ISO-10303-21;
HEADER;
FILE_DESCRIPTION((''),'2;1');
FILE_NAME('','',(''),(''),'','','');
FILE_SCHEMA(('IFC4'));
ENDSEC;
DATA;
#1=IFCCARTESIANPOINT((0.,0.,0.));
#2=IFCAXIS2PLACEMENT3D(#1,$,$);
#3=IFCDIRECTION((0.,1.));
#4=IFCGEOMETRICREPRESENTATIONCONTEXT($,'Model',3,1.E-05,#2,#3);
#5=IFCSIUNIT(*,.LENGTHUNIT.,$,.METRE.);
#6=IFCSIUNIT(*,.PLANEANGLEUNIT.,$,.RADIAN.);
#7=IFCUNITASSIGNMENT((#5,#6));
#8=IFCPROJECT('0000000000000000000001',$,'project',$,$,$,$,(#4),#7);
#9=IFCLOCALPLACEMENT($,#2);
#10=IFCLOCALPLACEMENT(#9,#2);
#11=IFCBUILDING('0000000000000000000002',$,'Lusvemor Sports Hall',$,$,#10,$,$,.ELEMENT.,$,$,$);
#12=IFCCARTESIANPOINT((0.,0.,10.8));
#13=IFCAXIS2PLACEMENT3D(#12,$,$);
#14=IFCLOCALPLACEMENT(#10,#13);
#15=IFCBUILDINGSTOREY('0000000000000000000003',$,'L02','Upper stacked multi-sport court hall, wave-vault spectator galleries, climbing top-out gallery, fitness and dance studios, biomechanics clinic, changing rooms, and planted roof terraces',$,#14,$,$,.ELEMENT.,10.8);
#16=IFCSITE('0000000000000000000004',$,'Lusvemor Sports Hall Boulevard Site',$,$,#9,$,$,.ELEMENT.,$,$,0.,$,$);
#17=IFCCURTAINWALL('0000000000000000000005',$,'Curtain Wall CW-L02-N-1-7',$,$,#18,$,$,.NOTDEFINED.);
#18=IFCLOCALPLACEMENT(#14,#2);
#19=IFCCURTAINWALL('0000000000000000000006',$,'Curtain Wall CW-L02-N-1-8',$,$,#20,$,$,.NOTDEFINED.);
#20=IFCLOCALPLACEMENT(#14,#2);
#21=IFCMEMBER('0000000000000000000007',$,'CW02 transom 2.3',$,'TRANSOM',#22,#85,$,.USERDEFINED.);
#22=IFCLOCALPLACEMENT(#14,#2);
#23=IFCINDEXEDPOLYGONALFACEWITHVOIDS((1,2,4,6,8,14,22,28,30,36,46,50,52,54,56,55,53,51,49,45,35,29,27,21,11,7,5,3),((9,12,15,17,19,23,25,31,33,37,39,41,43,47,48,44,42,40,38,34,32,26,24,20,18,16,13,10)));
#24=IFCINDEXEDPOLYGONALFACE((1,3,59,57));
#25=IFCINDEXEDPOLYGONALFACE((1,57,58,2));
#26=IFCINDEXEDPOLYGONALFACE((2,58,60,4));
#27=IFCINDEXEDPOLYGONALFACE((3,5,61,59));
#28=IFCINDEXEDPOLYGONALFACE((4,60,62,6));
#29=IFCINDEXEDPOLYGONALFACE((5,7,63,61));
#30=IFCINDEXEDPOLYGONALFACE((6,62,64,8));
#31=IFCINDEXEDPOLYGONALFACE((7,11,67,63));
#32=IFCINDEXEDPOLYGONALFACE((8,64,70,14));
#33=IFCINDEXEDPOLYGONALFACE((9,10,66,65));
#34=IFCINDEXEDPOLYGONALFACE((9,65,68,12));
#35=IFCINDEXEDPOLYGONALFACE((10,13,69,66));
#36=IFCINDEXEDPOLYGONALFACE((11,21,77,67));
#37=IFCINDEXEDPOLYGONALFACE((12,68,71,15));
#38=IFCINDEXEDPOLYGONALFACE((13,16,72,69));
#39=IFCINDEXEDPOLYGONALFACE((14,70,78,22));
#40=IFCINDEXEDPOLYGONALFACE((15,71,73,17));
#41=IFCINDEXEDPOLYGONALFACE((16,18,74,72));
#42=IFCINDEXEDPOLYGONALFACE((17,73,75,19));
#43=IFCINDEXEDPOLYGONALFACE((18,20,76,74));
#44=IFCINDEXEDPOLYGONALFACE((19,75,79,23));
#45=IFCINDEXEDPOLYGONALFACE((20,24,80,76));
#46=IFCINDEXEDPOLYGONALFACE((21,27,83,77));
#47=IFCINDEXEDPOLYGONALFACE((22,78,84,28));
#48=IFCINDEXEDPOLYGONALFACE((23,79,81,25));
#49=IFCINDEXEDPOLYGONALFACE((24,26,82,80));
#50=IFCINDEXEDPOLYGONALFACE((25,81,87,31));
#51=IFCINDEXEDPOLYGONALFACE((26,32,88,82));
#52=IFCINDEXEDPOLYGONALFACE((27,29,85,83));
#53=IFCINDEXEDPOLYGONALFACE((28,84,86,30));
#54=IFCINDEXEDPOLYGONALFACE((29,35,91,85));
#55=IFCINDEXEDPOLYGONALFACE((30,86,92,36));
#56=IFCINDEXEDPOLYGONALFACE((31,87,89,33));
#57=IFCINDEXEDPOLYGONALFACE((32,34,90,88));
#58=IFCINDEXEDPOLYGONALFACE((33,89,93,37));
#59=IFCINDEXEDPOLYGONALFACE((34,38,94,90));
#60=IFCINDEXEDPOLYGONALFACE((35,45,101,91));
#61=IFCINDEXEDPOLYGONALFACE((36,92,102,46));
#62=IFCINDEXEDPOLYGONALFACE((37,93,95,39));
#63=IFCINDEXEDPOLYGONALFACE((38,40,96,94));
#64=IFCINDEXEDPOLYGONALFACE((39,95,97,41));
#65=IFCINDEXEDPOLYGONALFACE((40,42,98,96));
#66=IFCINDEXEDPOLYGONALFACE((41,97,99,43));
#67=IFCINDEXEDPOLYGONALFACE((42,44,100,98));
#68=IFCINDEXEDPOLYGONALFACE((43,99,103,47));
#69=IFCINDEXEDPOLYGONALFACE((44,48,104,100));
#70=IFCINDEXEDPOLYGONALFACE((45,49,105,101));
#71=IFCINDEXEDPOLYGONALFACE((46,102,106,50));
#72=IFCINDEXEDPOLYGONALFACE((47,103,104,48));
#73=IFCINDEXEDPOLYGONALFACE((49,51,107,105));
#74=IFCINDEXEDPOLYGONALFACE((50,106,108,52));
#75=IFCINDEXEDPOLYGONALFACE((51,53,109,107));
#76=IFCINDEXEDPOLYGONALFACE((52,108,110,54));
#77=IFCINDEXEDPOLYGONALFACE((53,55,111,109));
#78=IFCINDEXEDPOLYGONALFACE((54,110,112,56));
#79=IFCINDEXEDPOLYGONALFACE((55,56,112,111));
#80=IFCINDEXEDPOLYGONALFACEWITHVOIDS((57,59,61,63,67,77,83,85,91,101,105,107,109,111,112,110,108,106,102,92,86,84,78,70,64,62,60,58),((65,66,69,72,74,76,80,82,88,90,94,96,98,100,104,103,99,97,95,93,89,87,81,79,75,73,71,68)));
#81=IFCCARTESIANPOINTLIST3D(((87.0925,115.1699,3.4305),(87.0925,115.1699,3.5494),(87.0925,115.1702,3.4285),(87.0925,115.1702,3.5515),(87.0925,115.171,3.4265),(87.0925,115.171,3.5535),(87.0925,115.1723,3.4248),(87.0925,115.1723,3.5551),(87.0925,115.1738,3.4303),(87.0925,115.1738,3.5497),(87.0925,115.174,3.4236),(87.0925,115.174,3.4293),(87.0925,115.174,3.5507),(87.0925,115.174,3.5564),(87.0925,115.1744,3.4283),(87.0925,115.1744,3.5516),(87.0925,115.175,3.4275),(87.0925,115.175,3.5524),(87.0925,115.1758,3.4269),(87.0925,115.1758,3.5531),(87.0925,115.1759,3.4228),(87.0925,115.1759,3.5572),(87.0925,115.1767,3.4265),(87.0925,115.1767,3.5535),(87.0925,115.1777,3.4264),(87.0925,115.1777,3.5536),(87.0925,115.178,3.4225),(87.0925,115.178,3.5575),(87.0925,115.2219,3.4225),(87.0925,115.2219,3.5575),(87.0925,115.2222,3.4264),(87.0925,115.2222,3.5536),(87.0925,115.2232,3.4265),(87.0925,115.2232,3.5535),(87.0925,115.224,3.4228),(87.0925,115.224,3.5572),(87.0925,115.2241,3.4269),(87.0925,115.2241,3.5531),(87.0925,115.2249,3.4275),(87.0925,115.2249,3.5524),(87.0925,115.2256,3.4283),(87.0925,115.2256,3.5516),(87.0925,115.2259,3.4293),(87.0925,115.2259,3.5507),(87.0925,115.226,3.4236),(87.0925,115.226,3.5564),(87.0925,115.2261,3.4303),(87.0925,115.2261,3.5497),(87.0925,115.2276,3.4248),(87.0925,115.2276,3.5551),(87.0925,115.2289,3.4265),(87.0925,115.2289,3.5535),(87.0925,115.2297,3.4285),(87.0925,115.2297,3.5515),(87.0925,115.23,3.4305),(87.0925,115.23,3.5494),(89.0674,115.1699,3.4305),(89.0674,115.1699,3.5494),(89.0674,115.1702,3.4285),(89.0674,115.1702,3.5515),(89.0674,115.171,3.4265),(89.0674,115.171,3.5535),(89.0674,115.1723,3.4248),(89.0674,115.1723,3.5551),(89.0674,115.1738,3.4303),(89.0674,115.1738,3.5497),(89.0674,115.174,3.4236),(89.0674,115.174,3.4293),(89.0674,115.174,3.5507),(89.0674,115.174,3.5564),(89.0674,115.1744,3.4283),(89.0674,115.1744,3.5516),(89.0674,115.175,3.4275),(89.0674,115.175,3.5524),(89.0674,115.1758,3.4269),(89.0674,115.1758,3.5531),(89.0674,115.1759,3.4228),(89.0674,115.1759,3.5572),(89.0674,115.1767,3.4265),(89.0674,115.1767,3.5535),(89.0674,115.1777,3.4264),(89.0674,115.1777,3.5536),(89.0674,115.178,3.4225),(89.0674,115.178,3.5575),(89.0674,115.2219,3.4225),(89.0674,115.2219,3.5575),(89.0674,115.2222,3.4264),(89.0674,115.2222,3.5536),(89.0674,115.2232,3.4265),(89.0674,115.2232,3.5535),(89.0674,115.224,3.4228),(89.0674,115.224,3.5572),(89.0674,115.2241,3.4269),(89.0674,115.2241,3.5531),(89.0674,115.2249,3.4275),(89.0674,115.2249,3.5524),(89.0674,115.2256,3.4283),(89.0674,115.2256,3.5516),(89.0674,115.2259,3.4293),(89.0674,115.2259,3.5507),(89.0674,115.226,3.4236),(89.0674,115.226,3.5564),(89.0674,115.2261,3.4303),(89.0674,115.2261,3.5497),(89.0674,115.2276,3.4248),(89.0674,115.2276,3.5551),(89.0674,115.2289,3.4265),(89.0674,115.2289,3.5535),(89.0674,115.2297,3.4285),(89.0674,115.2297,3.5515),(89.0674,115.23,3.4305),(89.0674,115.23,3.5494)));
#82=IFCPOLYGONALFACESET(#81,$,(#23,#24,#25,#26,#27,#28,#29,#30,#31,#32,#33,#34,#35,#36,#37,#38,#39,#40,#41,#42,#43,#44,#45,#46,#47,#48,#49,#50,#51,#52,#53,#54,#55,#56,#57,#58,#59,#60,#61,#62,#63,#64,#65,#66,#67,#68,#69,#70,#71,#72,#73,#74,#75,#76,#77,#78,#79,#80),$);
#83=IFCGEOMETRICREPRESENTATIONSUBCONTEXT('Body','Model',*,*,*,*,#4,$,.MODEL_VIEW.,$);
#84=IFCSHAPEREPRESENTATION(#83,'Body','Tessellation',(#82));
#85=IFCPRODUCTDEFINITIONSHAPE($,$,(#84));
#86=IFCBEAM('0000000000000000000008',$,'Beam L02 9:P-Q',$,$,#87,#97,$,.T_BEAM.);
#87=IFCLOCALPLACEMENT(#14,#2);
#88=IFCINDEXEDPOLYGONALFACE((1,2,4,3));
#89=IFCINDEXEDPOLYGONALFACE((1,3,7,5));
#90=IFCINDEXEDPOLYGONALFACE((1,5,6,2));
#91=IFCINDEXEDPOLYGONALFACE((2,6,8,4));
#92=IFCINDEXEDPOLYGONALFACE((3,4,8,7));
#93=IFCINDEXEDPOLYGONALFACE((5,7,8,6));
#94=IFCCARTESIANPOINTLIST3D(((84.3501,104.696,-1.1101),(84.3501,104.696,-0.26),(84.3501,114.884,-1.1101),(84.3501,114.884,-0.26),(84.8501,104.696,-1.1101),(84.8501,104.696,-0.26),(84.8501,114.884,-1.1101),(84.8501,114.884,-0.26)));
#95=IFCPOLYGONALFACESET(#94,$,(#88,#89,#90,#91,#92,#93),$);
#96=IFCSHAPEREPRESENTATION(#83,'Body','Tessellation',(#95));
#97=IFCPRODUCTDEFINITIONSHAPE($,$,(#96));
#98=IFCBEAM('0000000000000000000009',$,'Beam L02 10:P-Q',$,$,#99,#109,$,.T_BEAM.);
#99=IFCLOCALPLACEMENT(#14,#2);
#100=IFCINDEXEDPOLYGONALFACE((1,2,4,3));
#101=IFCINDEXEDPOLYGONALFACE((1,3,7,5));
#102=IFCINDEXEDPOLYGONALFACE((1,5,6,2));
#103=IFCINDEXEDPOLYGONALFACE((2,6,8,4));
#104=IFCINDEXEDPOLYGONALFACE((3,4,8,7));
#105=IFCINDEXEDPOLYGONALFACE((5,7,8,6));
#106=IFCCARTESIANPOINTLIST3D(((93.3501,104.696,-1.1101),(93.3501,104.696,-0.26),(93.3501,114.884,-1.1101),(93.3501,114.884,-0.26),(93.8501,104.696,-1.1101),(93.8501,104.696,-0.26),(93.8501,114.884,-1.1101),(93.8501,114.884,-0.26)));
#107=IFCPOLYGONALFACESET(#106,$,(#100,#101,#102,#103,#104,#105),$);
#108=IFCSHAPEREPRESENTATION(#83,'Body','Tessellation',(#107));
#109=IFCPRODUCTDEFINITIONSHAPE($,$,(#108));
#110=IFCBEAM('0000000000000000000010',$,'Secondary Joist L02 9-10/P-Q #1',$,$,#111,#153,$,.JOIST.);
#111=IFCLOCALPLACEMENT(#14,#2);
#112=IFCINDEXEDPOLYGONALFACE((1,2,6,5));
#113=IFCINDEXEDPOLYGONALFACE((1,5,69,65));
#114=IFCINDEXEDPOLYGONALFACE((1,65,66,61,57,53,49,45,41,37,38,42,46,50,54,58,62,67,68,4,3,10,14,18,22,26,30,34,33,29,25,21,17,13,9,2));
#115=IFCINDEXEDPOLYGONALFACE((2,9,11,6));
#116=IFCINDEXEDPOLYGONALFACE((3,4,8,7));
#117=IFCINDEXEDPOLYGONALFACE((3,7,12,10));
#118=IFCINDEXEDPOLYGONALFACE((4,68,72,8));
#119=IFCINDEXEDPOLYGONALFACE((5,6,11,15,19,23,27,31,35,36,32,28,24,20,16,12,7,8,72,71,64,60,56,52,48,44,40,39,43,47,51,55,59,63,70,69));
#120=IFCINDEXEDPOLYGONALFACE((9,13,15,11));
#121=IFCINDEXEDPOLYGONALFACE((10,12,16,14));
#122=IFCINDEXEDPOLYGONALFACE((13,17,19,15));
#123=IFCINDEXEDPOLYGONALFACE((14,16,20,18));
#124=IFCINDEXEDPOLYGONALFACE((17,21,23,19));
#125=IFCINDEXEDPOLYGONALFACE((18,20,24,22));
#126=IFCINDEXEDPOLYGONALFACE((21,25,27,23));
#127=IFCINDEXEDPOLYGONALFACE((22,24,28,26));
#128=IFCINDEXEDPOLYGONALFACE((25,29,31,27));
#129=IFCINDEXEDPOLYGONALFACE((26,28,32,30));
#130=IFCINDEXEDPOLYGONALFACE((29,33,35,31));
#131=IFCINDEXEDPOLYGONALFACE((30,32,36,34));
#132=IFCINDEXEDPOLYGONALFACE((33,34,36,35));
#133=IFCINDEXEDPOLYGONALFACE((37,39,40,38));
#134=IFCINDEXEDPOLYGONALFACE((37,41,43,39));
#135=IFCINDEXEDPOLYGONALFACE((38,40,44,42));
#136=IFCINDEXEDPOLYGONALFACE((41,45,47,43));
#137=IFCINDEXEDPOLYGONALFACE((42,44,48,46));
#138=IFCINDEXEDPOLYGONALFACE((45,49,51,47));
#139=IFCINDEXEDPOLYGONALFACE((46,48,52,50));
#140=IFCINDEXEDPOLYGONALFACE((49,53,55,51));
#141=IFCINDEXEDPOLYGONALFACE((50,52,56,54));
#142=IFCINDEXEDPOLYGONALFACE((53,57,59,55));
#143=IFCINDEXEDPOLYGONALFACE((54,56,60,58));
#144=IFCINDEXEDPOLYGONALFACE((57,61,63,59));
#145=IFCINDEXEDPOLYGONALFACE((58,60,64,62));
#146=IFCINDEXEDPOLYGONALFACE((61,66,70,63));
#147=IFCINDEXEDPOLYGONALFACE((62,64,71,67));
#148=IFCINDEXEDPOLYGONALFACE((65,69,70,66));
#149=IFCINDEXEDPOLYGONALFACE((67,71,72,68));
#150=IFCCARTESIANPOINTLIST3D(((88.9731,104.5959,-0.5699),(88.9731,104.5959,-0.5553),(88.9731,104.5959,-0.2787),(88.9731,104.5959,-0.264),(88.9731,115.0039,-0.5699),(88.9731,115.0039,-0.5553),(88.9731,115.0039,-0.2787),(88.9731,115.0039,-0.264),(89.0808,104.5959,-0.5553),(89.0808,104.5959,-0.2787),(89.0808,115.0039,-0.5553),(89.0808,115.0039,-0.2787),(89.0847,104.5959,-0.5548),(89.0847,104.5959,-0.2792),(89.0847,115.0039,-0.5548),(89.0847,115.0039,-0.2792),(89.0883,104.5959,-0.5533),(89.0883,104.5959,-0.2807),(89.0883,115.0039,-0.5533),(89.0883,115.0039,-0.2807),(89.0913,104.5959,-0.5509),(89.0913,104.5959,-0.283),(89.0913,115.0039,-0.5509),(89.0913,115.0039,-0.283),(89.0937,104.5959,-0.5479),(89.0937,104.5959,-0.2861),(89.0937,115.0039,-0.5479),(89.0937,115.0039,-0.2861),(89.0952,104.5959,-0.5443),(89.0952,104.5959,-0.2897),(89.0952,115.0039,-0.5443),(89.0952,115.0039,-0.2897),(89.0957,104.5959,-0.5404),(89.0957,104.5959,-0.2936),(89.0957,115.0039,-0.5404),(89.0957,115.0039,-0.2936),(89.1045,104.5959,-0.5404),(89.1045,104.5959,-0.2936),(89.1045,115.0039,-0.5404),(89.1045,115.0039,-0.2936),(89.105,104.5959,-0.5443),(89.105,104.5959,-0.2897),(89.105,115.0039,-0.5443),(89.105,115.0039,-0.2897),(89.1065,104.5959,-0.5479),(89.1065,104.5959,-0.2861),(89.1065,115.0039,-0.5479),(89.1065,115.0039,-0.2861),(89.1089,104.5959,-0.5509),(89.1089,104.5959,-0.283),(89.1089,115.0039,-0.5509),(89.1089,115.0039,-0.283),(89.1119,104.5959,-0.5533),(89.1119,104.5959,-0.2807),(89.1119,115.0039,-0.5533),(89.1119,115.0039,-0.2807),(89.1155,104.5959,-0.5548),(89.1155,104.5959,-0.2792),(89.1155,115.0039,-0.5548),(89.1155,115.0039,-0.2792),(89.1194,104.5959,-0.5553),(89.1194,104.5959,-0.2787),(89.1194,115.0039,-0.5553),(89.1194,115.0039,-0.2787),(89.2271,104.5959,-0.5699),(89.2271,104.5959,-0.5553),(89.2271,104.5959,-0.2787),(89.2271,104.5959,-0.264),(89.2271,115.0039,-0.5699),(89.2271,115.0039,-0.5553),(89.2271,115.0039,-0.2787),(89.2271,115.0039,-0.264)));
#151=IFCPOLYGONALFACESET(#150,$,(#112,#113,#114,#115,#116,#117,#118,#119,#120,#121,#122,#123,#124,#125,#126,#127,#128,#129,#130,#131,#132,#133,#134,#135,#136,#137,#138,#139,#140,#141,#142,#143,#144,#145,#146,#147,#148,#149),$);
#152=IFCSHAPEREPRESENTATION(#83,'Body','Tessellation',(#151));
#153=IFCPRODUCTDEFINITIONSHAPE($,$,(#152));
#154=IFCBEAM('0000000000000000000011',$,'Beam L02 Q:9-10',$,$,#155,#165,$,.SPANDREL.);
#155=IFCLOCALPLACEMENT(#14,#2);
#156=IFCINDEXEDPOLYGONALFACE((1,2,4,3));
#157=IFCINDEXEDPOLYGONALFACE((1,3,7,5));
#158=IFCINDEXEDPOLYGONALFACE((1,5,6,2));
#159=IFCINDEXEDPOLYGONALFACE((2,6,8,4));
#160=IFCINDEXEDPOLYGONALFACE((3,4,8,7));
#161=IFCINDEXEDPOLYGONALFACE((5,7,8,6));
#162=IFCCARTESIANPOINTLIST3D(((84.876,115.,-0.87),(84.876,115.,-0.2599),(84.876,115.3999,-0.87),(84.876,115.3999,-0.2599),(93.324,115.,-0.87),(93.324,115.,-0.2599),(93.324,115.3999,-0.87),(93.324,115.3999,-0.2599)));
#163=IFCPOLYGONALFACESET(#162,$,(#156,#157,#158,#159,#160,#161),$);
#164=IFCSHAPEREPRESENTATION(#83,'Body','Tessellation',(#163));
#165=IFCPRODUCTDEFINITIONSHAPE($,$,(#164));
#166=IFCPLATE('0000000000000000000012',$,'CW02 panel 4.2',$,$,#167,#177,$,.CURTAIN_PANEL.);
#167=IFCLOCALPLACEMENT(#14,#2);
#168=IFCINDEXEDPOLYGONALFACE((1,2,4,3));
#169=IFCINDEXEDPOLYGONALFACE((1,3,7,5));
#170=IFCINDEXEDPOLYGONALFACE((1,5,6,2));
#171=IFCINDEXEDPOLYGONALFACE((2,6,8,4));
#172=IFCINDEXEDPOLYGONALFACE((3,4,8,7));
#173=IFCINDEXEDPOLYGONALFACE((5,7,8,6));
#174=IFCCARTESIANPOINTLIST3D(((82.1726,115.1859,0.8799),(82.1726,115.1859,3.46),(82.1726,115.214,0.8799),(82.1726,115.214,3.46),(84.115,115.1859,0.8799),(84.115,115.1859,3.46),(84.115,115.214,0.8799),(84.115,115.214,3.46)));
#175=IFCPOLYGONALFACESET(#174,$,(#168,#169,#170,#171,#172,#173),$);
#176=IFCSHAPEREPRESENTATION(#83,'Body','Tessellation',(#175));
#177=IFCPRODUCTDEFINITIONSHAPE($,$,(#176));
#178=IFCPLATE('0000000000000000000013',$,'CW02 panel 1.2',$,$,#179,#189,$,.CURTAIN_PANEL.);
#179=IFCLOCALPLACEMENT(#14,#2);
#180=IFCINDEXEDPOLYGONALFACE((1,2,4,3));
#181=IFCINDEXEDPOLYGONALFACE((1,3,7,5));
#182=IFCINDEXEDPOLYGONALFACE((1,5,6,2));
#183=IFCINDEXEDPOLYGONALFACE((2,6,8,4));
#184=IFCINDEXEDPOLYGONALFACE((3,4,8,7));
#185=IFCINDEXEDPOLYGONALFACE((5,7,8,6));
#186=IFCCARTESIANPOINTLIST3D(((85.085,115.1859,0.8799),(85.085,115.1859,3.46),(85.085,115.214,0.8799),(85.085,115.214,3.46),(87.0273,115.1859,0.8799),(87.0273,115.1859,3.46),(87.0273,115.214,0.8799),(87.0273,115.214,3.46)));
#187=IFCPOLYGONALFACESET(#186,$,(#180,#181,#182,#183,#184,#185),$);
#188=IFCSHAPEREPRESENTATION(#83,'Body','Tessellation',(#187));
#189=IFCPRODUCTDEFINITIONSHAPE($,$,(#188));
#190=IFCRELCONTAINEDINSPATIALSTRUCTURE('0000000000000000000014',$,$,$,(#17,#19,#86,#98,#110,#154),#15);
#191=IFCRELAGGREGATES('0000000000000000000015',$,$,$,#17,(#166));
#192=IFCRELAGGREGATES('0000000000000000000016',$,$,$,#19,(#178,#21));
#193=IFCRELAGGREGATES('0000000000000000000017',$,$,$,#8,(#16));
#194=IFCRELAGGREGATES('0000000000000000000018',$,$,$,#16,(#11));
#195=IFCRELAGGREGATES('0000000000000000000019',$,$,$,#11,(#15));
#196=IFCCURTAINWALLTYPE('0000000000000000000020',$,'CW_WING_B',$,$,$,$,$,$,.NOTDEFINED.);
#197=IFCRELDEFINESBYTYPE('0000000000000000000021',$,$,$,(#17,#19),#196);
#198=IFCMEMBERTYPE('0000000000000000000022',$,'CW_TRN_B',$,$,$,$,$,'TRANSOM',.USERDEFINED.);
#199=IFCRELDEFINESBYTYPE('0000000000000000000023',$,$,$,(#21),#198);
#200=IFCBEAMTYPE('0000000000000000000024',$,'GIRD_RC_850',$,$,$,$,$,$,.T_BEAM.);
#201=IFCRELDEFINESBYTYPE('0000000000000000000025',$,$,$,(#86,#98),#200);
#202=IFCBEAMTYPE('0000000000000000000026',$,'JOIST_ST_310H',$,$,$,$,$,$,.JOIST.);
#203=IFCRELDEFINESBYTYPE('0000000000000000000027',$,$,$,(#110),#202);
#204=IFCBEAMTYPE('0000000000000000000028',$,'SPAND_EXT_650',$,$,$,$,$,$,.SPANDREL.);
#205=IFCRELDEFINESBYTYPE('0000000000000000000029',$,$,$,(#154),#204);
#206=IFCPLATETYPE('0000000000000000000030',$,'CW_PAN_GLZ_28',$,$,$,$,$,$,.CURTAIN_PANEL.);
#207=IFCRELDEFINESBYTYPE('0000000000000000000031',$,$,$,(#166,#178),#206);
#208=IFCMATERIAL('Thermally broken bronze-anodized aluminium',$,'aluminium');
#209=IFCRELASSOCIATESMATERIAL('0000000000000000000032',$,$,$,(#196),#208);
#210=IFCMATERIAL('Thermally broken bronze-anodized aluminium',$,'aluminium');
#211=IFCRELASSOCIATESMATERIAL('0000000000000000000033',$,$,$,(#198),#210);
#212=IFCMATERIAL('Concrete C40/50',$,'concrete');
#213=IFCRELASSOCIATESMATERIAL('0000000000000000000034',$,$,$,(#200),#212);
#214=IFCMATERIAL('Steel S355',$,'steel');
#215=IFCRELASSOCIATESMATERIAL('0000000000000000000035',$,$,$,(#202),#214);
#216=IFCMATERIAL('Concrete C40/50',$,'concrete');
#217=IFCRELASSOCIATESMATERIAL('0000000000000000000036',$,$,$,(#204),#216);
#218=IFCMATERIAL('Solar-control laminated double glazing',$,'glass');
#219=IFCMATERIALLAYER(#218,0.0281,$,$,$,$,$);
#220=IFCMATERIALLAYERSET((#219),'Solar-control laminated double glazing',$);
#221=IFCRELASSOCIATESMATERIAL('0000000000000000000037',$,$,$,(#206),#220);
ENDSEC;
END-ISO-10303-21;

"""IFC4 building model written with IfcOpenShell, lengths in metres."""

from ifc_helpers import new_model, si_unit, direction, frame, origin, origin_2d, place, context, subcontext, project, spatial, rectangle, hollow_rectangle, i_section, extrude, material, layer, layer_set, material_profile, profile_set, type_object, element, aggregate, save


model = new_model("IFC4")

# Units and contexts
model_context = context("Model", 3, precision=1e-05, world=origin(), true_north=direction((0.0, 1.0)))
body_context = subcontext(model_context, "Body", "Model", "MODEL_VIEW")
ifc_project = project(units=[si_unit("LENGTHUNIT", "METRE"), si_unit("PLANEANGLEUNIT", "RADIAN")], contexts=[model_context])

# Site, building, storey
site_placement = place(None, origin())
site = spatial("IfcSite", under=ifc_project, at=site_placement, Name="Lusvemor Sports Hall Boulevard Site", CompositionType="ELEMENT", RefElevation=0.0)
building_placement = place(site_placement, origin())
building = spatial("IfcBuilding", under=site, at=building_placement, Name="Lusvemor Sports Hall", CompositionType="ELEMENT")
storey_placement = place(building_placement, frame((0.0, 0.0, 10.8)))
storey = spatial("IfcBuildingStorey", under=building, at=storey_placement, Name="L02", Description="Upper stacked multi-sport court hall, wave-vault spectator galleries, climbing top-out gallery, fitness and dance studios, biomechanics clinic, changing rooms, and planted roof terraces", CompositionType="ELEMENT", Elevation=10.8)

# Curtain walls
ifc_material_1 = material(Name="Thermally broken bronze-anodized aluminium", Category="aluminium")
curtain_wall_type = type_object("IfcCurtainWallType", Name="CW_WING_B", PredefinedType="NOTDEFINED", material=ifc_material_1)
curtain_wall_1_placement = place(storey_placement, origin())
curtain_wall_1 = element("IfcCurtainWall", 1, at=curtain_wall_1_placement, inside=storey, type_object=curtain_wall_type, Name="Curtain Wall CW-L02-N-1-7", PredefinedType="NOTDEFINED")
curtain_wall_2_placement = place(storey_placement, origin())
curtain_wall_2 = element("IfcCurtainWall", 2, at=curtain_wall_2_placement, inside=storey, type_object=curtain_wall_type, Name="Curtain Wall CW-L02-N-1-8", PredefinedType="NOTDEFINED")

# Member
ifc_material_2 = material(Name="Thermally broken bronze-anodized aluminium", Category="aluminium")
ifc_material_profile_1 = material_profile(ifc_material_2, hollow_rectangle(XDim=0.0601, YDim=0.135, WallThickness=0.0039, InnerFilletRadius=0.0039, OuterFilletRadius=0.0081, at=origin_2d()), Name="CWTRN135x60x4")
ifc_profile_set_1 = profile_set([ifc_material_profile_1], Name="Thermally broken bronze-anodized aluminium")
member_type_1 = type_object("IfcMemberType", Name="CW_TRN_B", ElementType="TRANSOM", PredefinedType="USERDEFINED", material=ifc_profile_set_1)
member_1_placement = place(storey_placement, frame((87.0925, 115.2, 3.49), z_axis=(1.0, 0.0, 0.0), x_axis=(0.0, 1.0, 0.0)))
member_1 = element("IfcMember", 3, at=member_1_placement, type_object=member_type_1, Name="CW02 transom 2.3", ObjectType="TRANSOM", PredefinedType="USERDEFINED", context=body_context, shape_type="SweptSolid", body=[
    extrude(hollow_rectangle(XDim=0.0601, YDim=0.135, WallThickness=0.0039, InnerFilletRadius=0.0039, OuterFilletRadius=0.0081, at=origin_2d()), origin(), (0.0, 0.0, 1.0), 1.9749),
])

# Beams
ifc_material_3 = material(Name="Concrete C40/50", Category="concrete")
ifc_material_profile_2 = material_profile(ifc_material_3, rectangle(XDim=0.5, YDim=0.8501, at=origin_2d()), Name="RC500x850")
ifc_profile_set_2 = profile_set([ifc_material_profile_2], Name="Concrete C40/50")
beam_type_1 = type_object("IfcBeamType", Name="GIRD_RC_850", PredefinedType="T_BEAM", material=ifc_profile_set_2)
for number, where, z_axis, x_axis, name in (
    (4, (84.6001, 104.696, -0.6851), (0.0, 1.0, 0.0), (-1.0, 0.0, 0.0), "Beam L02 9:P-Q"),
    (5, (93.6001, 104.696, -0.6851), (0.0, 1.0, 0.0), (-1.0, 0.0, 0.0), "Beam L02 10:P-Q"),
):
    element("IfcBeam", number, at=place(storey_placement, frame(where, z_axis=z_axis, x_axis=x_axis)), inside=storey, type_object=beam_type_1, Name=name, PredefinedType="T_BEAM", context=body_context, shape_type="SweptSolid", body=[
        extrude(rectangle(XDim=0.5, YDim=0.8501, at=origin_2d()), origin(), (0.0, 0.0, 1.0), 10.188),
    ])
ifc_material_4 = material(Name="Steel S355", Category="steel")
ifc_material_profile_3 = material_profile(ifc_material_4, i_section(OverallWidth=0.2539, OverallDepth=0.3059, WebThickness=0.0088, FlangeThickness=0.0146, FilletRadius=0.0149, at=origin_2d()), Name="W310x79.0")
ifc_profile_set_3 = profile_set([ifc_material_profile_3], Name="Steel S355")
beam_type_2 = type_object("IfcBeamType", Name="JOIST_ST_310H", PredefinedType="JOIST", material=ifc_profile_set_3)
beam_1_placement = place(storey_placement, frame((89.1001, 104.5959, -0.417), z_axis=(0.0, 1.0, 0.0), x_axis=(-1.0, 0.0, 0.0)))
element("IfcBeam", 6, at=beam_1_placement, inside=storey, type_object=beam_type_2, Name="Secondary Joist L02 9-10/P-Q #1", PredefinedType="JOIST", context=body_context, shape_type="SweptSolid", body=[
    extrude(i_section(OverallWidth=0.2539, OverallDepth=0.3059, WebThickness=0.0088, FlangeThickness=0.0146, FilletRadius=0.0149, at=origin_2d()), origin(), (0.0, 0.0, 1.0), 10.408),
])
ifc_material_5 = material(Name="Concrete C40/50", Category="concrete")
ifc_material_profile_4 = material_profile(ifc_material_5, rectangle(XDim=0.3999, YDim=0.6101, at=origin_2d()), Name="RC400x610")
ifc_profile_set_4 = profile_set([ifc_material_profile_4], Name="Concrete C40/50")
beam_type_3 = type_object("IfcBeamType", Name="SPAND_EXT_650", PredefinedType="SPANDREL", material=ifc_profile_set_4)
beam_2_placement = place(storey_placement, frame((84.876, 115.2, -0.5649), z_axis=(1.0, 0.0, 0.0), x_axis=(0.0, 1.0, 0.0)))
element("IfcBeam", 7, at=beam_2_placement, inside=storey, type_object=beam_type_3, Name="Beam L02 Q:9-10", PredefinedType="SPANDREL", context=body_context, shape_type="SweptSolid", body=[
    extrude(rectangle(XDim=0.3999, YDim=0.6101, at=origin_2d()), origin(), (0.0, 0.0, 1.0), 8.448),
])

# Plates
ifc_material_6 = material(Name="Solar-control laminated double glazing", Category="glass")
ifc_layer_1 = layer(ifc_material_6, 0.0281)
ifc_layer_set_1 = layer_set([ifc_layer_1], Name="Solar-control laminated double glazing")
plate_type_1 = type_object("IfcPlateType", Name="CW_PAN_GLZ_28", PredefinedType="CURTAIN_PANEL", material=ifc_layer_set_1)
plate_1_placement = place(storey_placement, frame((83.1438, 115.2, 0.8799), z_axis=(0.0, 0.0, 1.0), x_axis=(1.0, 0.0, 0.0)))
plate_1 = element("IfcPlate", 8, at=plate_1_placement, type_object=plate_type_1, Name="CW02 panel 4.2", PredefinedType="CURTAIN_PANEL", context=body_context, shape_type="SweptSolid", body=[
    extrude(rectangle(XDim=1.9424, YDim=0.0281, at=origin_2d()), origin(), (0.0, 0.0, 1.0), 2.5801),
])
plate_2_placement = place(storey_placement, frame((86.0562, 115.2, 0.8799), z_axis=(0.0, 0.0, 1.0), x_axis=(1.0, 0.0, 0.0)))
plate_2 = element("IfcPlate", 9, at=plate_2_placement, type_object=plate_type_1, Name="CW02 panel 1.2", PredefinedType="CURTAIN_PANEL", context=body_context, shape_type="SweptSolid", body=[
    extrude(rectangle(XDim=1.9424, YDim=0.0281, at=origin_2d()), origin(), (0.0, 0.0, 1.0), 2.5801),
])
aggregate(curtain_wall_1, [plate_1])
aggregate(curtain_wall_2, [plate_2, member_1])

save(model, "model.ifc")
